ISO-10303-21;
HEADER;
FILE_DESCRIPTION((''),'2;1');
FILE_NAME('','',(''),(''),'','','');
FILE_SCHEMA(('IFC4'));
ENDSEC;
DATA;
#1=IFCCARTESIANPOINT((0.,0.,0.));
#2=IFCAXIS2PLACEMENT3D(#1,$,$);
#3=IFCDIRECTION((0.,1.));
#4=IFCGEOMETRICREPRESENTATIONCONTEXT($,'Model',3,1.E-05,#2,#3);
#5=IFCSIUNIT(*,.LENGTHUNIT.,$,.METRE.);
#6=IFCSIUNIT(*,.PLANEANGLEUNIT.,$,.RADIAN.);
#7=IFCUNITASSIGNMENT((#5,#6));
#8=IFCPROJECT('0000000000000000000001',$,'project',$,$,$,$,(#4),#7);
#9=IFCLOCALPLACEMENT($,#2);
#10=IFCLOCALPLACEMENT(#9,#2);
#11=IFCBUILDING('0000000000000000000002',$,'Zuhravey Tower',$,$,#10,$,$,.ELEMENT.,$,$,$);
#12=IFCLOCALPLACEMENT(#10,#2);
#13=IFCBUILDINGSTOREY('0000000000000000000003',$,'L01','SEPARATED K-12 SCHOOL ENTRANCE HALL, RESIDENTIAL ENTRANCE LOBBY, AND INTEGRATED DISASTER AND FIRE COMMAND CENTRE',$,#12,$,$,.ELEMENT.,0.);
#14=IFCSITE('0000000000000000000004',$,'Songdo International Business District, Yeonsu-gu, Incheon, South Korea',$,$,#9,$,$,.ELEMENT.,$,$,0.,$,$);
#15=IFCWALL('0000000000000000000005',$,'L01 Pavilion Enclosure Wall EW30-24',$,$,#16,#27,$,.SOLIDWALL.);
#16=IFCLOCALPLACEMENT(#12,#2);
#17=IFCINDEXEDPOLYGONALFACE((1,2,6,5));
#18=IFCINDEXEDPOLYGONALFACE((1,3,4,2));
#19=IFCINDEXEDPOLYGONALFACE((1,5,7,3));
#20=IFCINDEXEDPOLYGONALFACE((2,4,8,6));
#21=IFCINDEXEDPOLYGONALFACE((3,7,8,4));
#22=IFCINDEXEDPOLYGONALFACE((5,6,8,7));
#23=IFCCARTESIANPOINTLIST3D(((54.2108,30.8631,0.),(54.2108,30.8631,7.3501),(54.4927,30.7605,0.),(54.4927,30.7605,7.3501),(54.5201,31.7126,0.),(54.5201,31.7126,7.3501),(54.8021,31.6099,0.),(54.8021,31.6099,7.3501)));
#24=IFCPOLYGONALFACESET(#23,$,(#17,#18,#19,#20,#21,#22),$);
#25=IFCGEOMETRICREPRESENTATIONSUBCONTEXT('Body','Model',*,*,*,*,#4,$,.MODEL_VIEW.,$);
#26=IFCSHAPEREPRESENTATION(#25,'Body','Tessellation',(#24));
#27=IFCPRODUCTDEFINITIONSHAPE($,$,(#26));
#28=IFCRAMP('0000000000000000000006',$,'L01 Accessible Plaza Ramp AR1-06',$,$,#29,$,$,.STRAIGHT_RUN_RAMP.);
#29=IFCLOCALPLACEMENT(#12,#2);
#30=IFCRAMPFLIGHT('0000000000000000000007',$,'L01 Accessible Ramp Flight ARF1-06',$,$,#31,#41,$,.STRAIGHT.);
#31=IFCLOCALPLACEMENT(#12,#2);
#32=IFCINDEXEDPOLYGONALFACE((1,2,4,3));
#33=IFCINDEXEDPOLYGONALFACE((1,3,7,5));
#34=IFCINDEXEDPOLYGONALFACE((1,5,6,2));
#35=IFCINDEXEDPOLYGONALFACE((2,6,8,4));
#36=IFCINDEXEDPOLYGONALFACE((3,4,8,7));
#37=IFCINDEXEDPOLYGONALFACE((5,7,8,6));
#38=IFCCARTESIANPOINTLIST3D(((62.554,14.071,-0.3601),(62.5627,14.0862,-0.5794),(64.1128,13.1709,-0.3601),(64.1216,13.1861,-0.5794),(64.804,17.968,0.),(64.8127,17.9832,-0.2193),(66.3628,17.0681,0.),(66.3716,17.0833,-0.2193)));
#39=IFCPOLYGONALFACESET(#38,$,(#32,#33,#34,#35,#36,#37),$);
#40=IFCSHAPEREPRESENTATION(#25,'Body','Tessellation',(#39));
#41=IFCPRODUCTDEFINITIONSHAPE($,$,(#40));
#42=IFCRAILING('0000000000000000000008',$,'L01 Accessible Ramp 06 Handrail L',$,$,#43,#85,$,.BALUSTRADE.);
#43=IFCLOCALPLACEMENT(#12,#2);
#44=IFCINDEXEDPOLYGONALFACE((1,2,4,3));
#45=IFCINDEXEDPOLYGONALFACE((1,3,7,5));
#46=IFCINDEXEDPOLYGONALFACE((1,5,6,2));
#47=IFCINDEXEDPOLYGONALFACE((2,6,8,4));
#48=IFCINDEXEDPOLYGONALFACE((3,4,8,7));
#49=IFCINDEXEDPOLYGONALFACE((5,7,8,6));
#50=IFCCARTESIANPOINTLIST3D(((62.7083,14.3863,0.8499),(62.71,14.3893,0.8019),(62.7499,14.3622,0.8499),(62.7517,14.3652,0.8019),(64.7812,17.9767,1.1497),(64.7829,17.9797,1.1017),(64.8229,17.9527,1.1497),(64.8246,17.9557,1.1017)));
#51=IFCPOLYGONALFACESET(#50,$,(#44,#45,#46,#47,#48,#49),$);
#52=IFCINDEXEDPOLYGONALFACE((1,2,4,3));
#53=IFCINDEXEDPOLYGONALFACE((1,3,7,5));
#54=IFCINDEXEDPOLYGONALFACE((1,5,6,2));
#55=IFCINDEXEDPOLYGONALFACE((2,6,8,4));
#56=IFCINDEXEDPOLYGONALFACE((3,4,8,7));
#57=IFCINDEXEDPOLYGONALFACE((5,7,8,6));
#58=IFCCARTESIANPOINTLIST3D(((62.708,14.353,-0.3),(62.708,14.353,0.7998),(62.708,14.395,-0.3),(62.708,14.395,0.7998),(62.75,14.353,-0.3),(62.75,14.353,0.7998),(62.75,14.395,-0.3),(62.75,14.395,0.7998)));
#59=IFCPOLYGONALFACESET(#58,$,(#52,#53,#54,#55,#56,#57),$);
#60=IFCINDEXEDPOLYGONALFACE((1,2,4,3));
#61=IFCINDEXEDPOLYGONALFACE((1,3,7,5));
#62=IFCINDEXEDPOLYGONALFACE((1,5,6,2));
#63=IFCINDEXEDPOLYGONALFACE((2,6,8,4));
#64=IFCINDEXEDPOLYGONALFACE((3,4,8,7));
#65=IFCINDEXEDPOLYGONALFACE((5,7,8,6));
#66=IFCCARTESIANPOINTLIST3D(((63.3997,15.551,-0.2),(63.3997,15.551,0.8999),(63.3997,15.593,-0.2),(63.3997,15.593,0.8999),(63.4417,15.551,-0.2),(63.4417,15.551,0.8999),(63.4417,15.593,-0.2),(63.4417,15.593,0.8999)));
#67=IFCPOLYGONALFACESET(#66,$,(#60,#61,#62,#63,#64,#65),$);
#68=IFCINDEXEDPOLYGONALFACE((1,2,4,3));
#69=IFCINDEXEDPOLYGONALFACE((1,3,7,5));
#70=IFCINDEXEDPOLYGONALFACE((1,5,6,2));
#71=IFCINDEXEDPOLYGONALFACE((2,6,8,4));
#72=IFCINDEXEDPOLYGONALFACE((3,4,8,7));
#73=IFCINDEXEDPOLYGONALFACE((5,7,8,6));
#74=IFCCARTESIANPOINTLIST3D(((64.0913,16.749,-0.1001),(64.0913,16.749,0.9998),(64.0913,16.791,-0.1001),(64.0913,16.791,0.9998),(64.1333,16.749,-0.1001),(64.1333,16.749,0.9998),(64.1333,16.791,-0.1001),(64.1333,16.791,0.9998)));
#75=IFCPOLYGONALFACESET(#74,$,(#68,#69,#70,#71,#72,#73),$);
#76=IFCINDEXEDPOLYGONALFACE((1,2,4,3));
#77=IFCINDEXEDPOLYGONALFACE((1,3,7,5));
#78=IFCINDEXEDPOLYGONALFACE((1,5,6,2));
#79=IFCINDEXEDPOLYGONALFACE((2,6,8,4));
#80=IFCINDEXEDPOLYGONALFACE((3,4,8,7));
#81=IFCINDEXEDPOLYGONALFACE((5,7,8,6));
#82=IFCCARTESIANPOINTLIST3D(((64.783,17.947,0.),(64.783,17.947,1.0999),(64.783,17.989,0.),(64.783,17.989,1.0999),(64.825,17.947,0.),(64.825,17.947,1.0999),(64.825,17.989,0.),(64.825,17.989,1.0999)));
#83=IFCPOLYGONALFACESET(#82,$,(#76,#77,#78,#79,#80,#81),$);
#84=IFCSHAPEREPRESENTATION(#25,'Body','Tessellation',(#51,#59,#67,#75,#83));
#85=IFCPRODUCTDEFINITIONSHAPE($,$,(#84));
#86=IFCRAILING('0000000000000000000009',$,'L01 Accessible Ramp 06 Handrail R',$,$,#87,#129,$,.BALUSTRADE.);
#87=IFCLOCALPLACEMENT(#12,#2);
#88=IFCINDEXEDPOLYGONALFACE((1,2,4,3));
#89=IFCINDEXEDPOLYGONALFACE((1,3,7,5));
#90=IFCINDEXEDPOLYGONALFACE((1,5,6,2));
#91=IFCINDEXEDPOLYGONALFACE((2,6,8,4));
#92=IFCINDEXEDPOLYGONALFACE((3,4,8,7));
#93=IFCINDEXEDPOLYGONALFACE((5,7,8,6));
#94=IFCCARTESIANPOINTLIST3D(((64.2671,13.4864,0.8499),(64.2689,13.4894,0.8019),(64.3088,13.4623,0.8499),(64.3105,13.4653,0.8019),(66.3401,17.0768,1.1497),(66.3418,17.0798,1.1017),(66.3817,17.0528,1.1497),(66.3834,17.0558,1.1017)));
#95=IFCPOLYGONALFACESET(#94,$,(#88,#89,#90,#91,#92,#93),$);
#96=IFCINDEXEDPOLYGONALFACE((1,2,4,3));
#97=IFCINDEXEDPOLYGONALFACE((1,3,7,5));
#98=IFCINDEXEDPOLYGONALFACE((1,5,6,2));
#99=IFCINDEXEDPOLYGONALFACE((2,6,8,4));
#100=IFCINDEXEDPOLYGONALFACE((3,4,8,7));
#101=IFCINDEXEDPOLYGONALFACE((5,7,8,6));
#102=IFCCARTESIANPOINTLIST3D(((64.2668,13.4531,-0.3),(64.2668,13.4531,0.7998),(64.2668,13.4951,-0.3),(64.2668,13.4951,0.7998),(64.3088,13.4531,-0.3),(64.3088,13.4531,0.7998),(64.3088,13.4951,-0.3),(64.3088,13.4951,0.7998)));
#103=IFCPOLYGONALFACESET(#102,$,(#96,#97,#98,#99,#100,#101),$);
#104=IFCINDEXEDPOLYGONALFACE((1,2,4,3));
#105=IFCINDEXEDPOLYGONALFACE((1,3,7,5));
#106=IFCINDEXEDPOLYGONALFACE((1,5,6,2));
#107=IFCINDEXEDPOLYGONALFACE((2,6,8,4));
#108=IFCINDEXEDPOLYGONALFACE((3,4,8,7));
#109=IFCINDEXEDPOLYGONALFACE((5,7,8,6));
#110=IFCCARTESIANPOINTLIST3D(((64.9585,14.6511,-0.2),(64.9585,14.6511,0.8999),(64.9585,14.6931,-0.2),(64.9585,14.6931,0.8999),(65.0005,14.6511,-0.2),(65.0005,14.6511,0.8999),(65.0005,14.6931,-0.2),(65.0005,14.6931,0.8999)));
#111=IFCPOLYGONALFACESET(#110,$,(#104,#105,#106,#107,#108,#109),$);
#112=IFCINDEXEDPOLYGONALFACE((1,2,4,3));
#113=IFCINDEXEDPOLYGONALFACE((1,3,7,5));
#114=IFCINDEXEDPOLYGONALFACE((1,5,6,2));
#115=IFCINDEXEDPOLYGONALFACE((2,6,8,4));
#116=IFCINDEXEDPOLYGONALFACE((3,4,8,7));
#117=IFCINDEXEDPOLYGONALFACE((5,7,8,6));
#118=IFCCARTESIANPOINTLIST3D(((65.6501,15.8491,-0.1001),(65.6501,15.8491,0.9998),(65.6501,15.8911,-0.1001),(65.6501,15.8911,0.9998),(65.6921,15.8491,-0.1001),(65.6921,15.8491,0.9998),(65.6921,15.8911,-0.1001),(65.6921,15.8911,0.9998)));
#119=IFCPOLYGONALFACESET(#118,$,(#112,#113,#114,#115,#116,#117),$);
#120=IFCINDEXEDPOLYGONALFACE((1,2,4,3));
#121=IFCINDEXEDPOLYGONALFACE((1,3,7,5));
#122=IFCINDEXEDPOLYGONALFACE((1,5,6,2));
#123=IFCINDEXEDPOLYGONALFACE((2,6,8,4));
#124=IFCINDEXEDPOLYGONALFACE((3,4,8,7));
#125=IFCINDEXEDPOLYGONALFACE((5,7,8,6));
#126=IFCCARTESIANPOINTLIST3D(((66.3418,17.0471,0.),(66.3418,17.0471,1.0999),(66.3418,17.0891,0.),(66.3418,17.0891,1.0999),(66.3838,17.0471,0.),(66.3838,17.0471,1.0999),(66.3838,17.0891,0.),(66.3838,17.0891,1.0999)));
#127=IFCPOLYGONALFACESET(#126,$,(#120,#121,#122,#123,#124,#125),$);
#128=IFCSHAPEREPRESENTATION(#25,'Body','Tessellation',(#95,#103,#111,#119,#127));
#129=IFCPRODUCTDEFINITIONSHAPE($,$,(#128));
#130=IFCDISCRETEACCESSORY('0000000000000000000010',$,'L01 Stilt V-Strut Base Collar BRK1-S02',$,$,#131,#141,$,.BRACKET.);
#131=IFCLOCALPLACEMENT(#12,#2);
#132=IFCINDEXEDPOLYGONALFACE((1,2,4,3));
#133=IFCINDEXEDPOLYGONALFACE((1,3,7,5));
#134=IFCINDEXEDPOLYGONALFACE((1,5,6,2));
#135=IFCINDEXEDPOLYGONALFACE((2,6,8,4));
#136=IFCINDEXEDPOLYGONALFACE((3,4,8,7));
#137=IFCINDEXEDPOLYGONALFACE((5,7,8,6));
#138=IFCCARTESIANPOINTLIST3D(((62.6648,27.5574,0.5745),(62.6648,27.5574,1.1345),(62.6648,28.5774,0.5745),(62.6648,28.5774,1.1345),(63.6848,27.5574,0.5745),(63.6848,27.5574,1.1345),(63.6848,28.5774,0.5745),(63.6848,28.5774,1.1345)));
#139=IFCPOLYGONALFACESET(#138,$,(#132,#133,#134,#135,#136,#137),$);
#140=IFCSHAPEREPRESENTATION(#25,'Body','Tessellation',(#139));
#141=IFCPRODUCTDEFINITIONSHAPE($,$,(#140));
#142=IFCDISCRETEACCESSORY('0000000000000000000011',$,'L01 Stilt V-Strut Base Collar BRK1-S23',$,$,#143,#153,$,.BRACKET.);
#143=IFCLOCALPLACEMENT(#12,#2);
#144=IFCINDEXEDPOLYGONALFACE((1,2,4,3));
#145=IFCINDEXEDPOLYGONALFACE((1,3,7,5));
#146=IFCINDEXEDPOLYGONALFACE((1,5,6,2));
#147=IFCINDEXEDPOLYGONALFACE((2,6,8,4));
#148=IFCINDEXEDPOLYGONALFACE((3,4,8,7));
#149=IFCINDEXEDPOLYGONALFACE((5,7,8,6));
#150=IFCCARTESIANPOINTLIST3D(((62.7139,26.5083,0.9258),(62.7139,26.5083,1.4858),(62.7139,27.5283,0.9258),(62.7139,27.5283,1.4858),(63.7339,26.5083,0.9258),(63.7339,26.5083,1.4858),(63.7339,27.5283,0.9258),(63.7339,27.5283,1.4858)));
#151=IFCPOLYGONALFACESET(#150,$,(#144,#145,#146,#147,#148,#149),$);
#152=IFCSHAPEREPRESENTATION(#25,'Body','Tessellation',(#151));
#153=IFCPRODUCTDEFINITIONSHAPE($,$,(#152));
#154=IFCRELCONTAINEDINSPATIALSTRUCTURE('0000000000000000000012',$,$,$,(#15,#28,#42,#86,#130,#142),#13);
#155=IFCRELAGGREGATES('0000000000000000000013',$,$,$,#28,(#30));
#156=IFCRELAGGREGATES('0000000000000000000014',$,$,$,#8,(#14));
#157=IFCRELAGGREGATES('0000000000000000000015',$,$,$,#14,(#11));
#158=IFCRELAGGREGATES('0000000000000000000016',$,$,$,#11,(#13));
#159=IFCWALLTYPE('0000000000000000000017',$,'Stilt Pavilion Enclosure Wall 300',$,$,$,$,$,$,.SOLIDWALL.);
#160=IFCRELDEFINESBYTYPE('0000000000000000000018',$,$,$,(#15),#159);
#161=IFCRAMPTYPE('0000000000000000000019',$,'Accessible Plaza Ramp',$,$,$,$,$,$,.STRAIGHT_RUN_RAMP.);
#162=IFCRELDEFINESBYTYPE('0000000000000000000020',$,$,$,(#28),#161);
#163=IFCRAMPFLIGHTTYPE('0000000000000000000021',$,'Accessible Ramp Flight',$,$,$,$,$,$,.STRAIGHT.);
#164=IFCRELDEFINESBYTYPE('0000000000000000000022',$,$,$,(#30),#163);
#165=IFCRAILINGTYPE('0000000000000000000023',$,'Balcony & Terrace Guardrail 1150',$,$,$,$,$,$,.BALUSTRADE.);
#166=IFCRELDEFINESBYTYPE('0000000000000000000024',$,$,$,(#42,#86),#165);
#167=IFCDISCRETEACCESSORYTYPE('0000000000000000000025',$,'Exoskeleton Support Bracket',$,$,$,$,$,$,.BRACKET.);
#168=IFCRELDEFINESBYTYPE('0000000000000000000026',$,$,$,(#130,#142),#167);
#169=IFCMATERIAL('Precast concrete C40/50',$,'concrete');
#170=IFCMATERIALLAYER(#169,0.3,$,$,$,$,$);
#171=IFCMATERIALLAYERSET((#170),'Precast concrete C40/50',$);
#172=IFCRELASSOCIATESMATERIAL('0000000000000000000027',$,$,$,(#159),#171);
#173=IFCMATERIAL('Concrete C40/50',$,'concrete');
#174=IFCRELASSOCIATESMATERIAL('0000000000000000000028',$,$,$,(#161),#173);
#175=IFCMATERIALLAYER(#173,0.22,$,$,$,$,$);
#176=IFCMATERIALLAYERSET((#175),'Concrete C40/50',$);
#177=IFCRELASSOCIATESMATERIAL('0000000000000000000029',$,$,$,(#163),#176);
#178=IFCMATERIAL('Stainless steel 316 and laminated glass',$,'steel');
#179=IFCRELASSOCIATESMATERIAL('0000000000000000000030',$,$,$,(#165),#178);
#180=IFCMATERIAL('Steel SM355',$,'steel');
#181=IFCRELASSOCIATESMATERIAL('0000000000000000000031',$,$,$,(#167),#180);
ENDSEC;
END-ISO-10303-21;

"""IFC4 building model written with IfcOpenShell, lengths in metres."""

from ifc_helpers import new_model, si_unit, direction, frame, frame_2d, origin, origin_2d, place, context, subcontext, project, spatial, polyline, rectangle, outline, extrude, material, layer, layer_set, type_object, element, aggregate, save


model = new_model("IFC4")

# Units and contexts
model_context = context("Model", 3, precision=1e-05, world=origin(), true_north=direction((0.0, 1.0)))
body_context = subcontext(model_context, "Body", "Model", "MODEL_VIEW")
ifc_project = project(units=[si_unit("LENGTHUNIT", "METRE"), si_unit("PLANEANGLEUNIT", "RADIAN")], contexts=[model_context])

# Site, building, storey
site_placement = place(None, origin())
site = spatial("IfcSite", under=ifc_project, at=site_placement, Name="Songdo International Business District, Yeonsu-gu, Incheon, South Korea", CompositionType="ELEMENT", RefElevation=0.0)
building_placement = place(site_placement, origin())
building = spatial("IfcBuilding", under=site, at=building_placement, Name="Zuhravey Tower", CompositionType="ELEMENT")
storey_placement = place(building_placement, origin())
storey = spatial("IfcBuildingStorey", under=building, at=storey_placement, Name="L01", Description="SEPARATED K-12 SCHOOL ENTRANCE HALL, RESIDENTIAL ENTRANCE LOBBY, AND INTEGRATED DISASTER AND FIRE COMMAND CENTRE", CompositionType="ELEMENT", Elevation=0.0)

# Shared definitions
ifc_material_1 = material(Name="Precast concrete C40/50", Category="concrete")
ifc_layer_1 = layer(ifc_material_1, 0.3)
ifc_layer_set_1 = layer_set([ifc_layer_1], Name="Precast concrete C40/50")
wall_type_1 = type_object("IfcWallType", Name="Stilt Pavilion Enclosure Wall 300", PredefinedType="SOLIDWALL", material=ifc_layer_set_1)

# Wall
wall_1_placement = place(storey_placement, frame((54.6611, 31.6614, 0.0), z_axis=(0.0, 0.0, 1.0), x_axis=(-0.342198, -0.939628, 0.0)))
element("IfcWall", 1, at=wall_1_placement, inside=storey, type_object=wall_type_1, Name="L01 Pavilion Enclosure Wall EW30-24", PredefinedType="SOLIDWALL", context=body_context, shape_type="SweptSolid", body=[
    extrude(rectangle(XDim=0.9041, YDim=0.3, at=frame_2d((0.4521, 0.0))), origin(), (0.0, 0.0, 1.0), 7.3501),
])

# Ramp, ramp flight
ifc_material_2 = material(Name="Concrete C40/50", Category="concrete")
ramp_type = type_object("IfcRampType", Name="Accessible Plaza Ramp", PredefinedType="STRAIGHT_RUN_RAMP", material=ifc_material_2)
ramp_placement = place(storey_placement, origin())
ramp = element("IfcRamp", 2, at=ramp_placement, inside=storey, type_object=ramp_type, Name="L01 Accessible Plaza Ramp AR1-06", PredefinedType="STRAIGHT_RUN_RAMP")
ifc_layer_2 = layer(ifc_material_2, 0.22)
ifc_layer_set_2 = layer_set([ifc_layer_2], Name="Concrete C40/50")
ramp_flight_type = type_object("IfcRampFlightType", Name="Accessible Ramp Flight", PredefinedType="STRAIGHT", material=ifc_layer_set_2)
ramp_flight_placement = place(storey_placement, frame((62.554, 14.071, -0.3601), z_axis=(-0.039886, -0.069082, 0.996813), x_axis=(0.865989, -0.500063, -0.000005)))
ramp_flight = element("IfcRampFlight", 3, at=ramp_flight_placement, type_object=ramp_flight_type, Name="L01 Accessible Ramp Flight ARF1-06", PredefinedType="STRAIGHT", context=body_context, shape_type="SweptSolid", body=[
    extrude(outline(polyline([(0.0, 0.0), (1.8001, 0.0), (1.7997, 4.5145), (-0.0003, 4.5143), (0.0, 0.0)])), origin(), (0.0, 0.0, -1.0), 0.22),
])
aggregate(ramp, [ramp_flight])

# Railings
ifc_material_3 = material(Name="Stainless steel 316 and laminated glass", Category="steel")
railing_type = type_object("IfcRailingType", Name="Balcony & Terrace Guardrail 1150", PredefinedType="BALUSTRADE", material=ifc_material_3)
for number, where, name in (
    (4, (62.729, 14.374, -0.3), "L01 Accessible Ramp 06 Handrail L"),
    (5, (64.2878, 13.4741, -0.3), "L01 Accessible Ramp 06 Handrail R"),
):
    element("IfcRailing", number, at=place(storey_placement, frame(where)), inside=storey, type_object=railing_type, Name=name, PredefinedType="BALUSTRADE", context=body_context, shape_type="SweptSolid", body=[
        extrude(rectangle(XDim=0.0481, YDim=0.0481, at=origin_2d()), frame((0.001, 0.0017, 1.126), z_axis=(0.498691, 0.863775, 0.072113), x_axis=(-0.86603, 0.499992, 0.0)), (0.0, 0.0, 1.0), 4.1567),
        extrude(rectangle(XDim=0.042, YDim=0.042, at=origin_2d()), origin(), (0.0, 0.0, 1.0), 1.0999),
        extrude(rectangle(XDim=0.042, YDim=0.042, at=origin_2d()), frame((0.6917, 1.198, 0.1001)), (0.0, 0.0, 1.0), 1.0999),
        extrude(rectangle(XDim=0.042, YDim=0.042, at=origin_2d()), frame((1.3833, 2.396, 0.2)), (0.0, 0.0, 1.0), 1.0999),
        extrude(rectangle(XDim=0.042, YDim=0.042, at=origin_2d()), frame((2.075, 3.594, 0.3)), (0.0, 0.0, 1.0), 1.0999),
    ])

# Discrete accessories
ifc_material_4 = material(Name="Steel SM355", Category="steel")
discrete_accessory_type = type_object("IfcDiscreteAccessoryType", Name="Exoskeleton Support Bracket", PredefinedType="BRACKET", material=ifc_material_4)
for number, where, z_axis, x_axis, name in (
    (6, (63.1748, 28.0674, 0.5745), (0.0, 0.0, 1.0), (1.0, 0.0, 0.0), "L01 Stilt V-Strut Base Collar BRK1-S02"),
    (7, (63.2239, 27.0183, 0.9258), (0.0, 0.0, 1.0), (1.0, 0.0, 0.0), "L01 Stilt V-Strut Base Collar BRK1-S23"),
):
    element("IfcDiscreteAccessory", number, at=place(storey_placement, frame(where, z_axis=z_axis, x_axis=x_axis)), inside=storey, type_object=discrete_accessory_type, Name=name, PredefinedType="BRACKET", context=body_context, shape_type="SweptSolid", body=[
        extrude(rectangle(XDim=1.02, YDim=1.02, at=origin_2d()), origin(), (0.0, 0.0, 1.0), 0.5601),
    ])

save(model, "model.ifc")
